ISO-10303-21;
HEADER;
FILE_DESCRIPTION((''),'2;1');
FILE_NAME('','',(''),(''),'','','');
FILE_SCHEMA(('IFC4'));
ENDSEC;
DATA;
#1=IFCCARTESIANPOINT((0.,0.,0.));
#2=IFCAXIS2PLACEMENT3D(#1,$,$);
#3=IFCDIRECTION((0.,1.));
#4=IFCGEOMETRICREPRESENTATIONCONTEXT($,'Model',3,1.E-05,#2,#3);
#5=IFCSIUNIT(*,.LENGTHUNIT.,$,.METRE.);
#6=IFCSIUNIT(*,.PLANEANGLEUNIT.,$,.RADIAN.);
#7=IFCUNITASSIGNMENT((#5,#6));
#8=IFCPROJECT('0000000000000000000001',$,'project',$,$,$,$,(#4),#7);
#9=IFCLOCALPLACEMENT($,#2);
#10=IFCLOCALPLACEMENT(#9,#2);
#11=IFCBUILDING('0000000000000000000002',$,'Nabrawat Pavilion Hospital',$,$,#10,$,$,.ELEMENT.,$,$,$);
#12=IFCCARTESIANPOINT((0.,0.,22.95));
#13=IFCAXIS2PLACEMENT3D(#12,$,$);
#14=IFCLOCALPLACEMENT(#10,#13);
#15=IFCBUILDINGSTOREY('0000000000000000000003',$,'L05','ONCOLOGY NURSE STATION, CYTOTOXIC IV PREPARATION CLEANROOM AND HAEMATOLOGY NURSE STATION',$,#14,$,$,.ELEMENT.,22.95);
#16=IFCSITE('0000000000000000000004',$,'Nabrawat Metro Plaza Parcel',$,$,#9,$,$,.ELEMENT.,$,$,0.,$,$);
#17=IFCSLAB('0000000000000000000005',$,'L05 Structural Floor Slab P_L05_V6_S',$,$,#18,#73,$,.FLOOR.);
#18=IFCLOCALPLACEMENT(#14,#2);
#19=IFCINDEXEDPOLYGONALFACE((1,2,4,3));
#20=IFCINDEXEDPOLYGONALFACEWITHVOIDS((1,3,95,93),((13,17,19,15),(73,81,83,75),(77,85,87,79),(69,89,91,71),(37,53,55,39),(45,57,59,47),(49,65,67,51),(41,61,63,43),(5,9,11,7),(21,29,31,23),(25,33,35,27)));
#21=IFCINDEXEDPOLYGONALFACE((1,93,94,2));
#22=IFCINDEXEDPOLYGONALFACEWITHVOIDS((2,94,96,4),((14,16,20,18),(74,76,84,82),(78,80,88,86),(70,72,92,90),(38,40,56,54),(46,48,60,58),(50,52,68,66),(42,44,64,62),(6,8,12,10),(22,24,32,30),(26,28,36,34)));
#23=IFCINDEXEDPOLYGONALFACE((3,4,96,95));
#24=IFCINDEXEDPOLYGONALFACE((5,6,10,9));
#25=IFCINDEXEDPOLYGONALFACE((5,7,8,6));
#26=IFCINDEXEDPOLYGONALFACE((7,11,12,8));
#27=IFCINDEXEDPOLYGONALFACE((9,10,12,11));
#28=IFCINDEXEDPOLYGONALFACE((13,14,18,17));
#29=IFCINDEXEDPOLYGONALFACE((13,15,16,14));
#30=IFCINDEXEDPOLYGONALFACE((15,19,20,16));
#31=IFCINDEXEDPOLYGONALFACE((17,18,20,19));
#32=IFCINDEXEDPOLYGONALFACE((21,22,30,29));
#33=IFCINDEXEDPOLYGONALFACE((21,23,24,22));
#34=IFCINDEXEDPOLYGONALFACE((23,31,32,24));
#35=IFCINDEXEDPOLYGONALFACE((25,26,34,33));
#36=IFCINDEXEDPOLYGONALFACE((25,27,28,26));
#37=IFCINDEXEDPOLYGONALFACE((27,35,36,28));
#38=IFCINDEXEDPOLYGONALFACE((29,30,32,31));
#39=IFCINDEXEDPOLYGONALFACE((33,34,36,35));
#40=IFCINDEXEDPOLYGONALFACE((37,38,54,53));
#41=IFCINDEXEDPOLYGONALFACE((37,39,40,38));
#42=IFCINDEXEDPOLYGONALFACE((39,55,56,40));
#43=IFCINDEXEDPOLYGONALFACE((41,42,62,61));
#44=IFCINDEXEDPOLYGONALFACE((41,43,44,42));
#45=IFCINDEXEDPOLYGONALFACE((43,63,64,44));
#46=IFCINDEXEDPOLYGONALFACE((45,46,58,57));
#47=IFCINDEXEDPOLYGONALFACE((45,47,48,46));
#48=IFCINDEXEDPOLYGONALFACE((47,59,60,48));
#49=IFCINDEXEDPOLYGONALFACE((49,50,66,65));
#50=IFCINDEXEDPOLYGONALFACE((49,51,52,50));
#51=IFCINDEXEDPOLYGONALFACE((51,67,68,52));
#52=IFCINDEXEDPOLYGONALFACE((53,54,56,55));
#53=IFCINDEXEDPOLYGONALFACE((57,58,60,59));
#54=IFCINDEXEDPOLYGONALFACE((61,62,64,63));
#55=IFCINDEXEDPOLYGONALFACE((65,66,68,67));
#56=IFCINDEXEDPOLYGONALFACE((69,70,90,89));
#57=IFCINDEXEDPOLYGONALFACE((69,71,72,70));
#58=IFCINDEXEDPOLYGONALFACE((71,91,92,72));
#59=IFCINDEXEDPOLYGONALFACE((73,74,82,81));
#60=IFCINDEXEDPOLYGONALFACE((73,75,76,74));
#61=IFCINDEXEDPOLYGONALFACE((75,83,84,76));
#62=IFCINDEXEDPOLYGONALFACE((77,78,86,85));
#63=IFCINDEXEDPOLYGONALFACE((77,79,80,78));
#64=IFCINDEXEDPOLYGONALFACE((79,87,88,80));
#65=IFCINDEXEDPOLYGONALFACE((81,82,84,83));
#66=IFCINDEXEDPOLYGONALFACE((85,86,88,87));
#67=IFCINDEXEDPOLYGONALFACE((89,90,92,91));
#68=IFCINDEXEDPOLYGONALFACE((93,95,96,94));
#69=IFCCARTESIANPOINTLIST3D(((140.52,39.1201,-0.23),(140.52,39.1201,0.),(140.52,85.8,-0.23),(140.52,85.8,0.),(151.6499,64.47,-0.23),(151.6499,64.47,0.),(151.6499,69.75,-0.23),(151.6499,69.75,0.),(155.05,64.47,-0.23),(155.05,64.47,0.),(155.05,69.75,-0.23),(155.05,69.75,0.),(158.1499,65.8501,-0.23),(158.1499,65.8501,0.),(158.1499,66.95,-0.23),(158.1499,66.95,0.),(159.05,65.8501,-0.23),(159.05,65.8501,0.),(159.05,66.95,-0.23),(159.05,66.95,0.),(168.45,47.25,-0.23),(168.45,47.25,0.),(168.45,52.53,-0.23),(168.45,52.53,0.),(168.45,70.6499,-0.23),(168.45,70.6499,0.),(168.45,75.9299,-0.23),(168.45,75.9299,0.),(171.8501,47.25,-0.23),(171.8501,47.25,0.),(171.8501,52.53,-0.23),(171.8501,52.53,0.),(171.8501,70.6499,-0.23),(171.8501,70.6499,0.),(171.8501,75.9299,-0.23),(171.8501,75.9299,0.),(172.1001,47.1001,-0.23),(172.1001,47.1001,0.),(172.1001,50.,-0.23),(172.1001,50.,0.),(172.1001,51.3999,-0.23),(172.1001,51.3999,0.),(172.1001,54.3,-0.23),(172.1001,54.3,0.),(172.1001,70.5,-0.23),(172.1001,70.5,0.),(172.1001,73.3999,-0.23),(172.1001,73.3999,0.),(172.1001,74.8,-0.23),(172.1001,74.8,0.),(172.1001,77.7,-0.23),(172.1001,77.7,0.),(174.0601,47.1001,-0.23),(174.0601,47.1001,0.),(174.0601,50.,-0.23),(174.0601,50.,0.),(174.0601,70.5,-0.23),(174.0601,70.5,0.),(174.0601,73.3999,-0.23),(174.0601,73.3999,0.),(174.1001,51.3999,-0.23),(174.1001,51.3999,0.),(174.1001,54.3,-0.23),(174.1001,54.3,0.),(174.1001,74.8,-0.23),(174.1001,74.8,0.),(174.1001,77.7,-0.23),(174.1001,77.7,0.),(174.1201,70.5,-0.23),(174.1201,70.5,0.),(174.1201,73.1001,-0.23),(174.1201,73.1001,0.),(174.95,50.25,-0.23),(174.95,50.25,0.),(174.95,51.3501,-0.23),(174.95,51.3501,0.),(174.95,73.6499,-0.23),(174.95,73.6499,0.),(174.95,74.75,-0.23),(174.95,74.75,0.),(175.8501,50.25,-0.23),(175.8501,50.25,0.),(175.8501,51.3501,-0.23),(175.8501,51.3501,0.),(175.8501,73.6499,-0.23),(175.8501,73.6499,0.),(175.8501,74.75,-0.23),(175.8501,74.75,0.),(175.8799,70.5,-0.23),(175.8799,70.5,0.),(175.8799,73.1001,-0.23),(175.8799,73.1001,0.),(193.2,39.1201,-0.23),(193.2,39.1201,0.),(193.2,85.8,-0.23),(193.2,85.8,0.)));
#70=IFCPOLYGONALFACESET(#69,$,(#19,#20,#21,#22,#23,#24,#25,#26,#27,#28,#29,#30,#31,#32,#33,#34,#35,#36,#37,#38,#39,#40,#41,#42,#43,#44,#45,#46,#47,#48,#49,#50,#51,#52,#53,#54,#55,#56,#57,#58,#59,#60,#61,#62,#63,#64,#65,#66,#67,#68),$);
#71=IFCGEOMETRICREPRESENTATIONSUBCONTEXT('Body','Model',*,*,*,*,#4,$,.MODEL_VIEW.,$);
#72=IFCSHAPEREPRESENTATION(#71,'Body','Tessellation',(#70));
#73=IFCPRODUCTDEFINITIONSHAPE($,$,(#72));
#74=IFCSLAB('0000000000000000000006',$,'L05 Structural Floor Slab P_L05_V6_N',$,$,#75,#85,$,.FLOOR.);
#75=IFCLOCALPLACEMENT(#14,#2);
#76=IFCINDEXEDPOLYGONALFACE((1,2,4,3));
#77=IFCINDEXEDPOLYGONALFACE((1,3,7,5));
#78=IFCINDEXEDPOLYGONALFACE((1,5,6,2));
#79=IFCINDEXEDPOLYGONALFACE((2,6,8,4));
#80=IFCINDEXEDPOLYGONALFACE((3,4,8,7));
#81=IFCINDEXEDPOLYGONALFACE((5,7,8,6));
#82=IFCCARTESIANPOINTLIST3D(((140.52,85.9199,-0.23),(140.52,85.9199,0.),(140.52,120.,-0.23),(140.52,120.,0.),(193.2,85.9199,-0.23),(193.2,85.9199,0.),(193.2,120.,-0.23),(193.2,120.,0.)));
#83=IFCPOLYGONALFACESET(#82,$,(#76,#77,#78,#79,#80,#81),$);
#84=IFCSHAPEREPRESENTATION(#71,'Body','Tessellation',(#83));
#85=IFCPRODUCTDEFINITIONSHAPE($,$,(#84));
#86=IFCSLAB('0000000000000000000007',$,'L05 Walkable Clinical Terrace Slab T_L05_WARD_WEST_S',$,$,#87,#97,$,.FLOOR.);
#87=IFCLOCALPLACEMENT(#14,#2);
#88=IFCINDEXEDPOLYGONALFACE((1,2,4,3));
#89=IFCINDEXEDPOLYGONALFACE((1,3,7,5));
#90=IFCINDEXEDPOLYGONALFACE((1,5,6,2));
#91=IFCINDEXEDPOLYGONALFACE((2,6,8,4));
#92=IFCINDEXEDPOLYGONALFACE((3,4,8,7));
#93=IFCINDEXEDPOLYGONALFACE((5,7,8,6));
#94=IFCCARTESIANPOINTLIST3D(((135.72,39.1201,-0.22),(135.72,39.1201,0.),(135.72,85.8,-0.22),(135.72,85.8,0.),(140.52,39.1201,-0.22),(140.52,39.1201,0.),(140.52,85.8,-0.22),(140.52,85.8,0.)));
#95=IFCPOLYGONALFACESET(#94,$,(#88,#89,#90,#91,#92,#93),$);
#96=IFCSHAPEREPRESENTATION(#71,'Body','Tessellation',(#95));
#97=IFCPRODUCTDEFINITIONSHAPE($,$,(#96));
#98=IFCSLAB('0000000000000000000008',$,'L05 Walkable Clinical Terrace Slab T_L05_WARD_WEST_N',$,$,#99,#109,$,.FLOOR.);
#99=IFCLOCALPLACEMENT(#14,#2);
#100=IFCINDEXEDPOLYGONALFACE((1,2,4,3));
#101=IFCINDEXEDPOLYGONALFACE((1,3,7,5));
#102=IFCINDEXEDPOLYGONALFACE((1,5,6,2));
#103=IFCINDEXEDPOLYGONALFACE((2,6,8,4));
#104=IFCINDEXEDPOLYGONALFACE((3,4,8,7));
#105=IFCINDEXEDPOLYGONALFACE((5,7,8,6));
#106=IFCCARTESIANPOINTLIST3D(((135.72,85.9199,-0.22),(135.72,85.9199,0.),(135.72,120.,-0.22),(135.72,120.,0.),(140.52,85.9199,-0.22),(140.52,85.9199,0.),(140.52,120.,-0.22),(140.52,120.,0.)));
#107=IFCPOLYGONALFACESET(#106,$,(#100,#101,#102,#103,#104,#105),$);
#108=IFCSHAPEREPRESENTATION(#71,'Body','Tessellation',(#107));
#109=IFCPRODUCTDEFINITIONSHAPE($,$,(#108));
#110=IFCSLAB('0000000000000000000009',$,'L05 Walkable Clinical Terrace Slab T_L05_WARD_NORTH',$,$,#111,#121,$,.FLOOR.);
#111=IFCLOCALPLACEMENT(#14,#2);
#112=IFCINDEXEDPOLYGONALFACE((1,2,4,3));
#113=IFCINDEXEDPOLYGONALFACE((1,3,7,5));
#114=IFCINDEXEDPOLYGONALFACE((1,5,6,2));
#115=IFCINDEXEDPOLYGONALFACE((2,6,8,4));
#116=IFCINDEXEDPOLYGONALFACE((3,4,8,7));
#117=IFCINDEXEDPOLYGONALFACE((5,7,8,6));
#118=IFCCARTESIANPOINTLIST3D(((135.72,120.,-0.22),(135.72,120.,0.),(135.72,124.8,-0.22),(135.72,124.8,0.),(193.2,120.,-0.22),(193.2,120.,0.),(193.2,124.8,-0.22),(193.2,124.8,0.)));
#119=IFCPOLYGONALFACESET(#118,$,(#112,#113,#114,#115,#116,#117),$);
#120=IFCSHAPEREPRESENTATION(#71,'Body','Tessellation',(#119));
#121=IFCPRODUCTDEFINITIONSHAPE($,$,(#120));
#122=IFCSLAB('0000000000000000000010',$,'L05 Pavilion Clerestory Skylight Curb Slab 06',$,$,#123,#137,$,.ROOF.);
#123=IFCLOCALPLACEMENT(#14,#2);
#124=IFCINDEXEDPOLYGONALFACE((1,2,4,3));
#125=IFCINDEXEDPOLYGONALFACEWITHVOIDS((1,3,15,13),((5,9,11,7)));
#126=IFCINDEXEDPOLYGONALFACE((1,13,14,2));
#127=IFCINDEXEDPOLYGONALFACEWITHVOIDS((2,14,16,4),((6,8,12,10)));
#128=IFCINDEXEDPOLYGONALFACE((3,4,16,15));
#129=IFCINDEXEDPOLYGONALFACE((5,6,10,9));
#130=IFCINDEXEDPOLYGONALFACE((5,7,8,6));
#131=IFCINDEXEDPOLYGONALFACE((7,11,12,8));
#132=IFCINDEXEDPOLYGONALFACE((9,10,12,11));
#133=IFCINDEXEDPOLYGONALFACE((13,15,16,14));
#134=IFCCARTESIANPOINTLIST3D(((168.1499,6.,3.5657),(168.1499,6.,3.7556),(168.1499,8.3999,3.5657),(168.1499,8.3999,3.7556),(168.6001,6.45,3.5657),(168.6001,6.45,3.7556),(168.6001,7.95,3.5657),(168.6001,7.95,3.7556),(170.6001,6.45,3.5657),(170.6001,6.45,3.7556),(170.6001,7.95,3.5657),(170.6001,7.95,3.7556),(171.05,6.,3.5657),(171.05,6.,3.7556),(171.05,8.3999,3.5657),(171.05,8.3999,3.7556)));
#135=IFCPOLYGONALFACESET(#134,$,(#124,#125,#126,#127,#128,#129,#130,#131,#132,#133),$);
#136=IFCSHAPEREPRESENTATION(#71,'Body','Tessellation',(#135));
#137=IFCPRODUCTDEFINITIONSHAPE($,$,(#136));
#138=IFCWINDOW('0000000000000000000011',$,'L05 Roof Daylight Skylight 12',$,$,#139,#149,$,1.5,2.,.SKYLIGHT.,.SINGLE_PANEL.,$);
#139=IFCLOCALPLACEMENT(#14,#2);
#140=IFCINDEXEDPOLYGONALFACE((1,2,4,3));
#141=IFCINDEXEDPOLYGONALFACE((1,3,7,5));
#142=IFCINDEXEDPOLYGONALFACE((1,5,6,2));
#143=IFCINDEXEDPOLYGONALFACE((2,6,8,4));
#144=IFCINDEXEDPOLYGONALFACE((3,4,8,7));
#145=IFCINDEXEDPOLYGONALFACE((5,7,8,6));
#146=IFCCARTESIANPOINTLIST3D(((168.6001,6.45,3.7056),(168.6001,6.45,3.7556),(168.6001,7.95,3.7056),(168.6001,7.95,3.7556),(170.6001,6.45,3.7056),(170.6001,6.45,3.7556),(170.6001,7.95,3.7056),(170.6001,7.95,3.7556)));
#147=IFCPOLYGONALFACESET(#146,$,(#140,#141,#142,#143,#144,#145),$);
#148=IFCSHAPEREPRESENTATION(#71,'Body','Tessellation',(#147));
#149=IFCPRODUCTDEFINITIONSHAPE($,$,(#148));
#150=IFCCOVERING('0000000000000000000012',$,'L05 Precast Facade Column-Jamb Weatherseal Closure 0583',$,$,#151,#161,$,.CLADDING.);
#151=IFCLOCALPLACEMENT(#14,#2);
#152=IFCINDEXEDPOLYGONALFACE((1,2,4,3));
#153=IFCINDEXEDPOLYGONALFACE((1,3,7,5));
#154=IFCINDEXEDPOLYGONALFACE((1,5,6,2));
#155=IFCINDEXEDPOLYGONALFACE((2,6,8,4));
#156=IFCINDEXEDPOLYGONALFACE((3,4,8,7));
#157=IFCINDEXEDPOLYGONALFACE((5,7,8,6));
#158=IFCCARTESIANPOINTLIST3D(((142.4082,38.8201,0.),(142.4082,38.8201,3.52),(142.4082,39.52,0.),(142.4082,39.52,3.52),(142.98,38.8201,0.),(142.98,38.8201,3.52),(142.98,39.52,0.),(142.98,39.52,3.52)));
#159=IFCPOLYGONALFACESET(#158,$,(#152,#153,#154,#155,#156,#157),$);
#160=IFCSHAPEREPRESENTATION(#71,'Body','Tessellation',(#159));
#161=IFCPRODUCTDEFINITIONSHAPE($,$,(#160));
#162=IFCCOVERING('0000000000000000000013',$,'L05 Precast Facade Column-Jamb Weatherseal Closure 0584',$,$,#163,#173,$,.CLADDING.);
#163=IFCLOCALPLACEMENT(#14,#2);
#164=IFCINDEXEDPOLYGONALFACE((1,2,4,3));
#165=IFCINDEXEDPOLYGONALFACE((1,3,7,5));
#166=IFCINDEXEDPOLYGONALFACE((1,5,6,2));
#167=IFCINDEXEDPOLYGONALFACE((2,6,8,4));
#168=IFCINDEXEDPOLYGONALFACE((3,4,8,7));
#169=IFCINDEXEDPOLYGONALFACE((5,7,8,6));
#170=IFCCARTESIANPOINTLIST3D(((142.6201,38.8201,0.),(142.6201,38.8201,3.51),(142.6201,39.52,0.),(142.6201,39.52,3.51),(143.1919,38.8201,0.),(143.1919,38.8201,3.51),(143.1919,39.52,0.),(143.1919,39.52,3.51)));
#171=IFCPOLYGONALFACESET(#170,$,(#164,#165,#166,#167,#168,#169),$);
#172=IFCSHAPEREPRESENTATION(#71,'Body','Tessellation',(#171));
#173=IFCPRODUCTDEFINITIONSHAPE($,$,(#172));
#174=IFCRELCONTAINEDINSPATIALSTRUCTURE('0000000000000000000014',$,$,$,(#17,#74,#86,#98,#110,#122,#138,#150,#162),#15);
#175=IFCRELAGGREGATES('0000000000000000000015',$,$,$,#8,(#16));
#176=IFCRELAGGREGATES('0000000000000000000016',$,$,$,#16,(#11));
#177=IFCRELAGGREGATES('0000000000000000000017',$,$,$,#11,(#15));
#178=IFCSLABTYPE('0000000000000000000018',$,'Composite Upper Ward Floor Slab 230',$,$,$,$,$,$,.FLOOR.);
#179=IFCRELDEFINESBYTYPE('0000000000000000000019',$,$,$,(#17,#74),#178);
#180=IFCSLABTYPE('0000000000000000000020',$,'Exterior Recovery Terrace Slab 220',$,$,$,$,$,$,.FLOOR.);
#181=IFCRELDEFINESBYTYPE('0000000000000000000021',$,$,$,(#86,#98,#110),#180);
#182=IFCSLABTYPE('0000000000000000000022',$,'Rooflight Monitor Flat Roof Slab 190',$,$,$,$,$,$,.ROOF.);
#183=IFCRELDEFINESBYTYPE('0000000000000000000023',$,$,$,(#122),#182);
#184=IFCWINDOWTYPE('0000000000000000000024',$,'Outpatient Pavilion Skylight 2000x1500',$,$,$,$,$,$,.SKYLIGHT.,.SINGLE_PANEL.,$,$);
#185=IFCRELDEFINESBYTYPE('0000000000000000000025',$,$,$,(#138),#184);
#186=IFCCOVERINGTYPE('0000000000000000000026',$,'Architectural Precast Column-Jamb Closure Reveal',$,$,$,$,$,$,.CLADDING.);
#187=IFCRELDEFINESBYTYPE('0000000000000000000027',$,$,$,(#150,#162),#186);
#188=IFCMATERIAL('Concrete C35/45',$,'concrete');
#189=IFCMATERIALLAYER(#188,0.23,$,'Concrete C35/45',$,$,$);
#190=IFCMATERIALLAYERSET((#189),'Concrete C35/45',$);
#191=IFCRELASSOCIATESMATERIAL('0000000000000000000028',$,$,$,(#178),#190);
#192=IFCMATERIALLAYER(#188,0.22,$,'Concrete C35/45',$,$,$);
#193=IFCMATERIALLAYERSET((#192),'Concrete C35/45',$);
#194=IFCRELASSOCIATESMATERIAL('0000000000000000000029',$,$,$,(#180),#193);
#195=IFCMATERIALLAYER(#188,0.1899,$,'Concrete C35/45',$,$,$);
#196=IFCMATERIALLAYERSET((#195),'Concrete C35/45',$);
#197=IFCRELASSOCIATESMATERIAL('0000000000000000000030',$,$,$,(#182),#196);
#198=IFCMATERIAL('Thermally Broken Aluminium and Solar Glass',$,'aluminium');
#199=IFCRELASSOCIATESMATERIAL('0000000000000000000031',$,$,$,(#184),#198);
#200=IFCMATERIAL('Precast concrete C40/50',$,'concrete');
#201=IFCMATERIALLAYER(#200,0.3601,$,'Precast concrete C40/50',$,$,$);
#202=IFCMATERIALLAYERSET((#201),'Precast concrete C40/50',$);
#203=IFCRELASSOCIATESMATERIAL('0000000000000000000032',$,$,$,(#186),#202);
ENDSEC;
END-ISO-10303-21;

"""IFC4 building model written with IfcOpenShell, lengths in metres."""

from ifc_helpers import new_model, si_unit, direction, frame, origin, origin_2d, place, context, subcontext, project, spatial, polyline, rectangle, outline, extrude, material, layer, layer_set, type_object, element, fill, save


model = new_model("IFC4")

# Units and contexts
model_context = context("Model", 3, precision=1e-05, world=origin(), true_north=direction((0.0, 1.0)))
body_context = subcontext(model_context, "Body", "Model", "MODEL_VIEW")
ifc_project = project(units=[si_unit("LENGTHUNIT", "METRE"), si_unit("PLANEANGLEUNIT", "RADIAN")], contexts=[model_context])

# Site, building, storey
site_placement = place(None, origin())
site = spatial("IfcSite", under=ifc_project, at=site_placement, Name="Nabrawat Metro Plaza Parcel", CompositionType="ELEMENT", RefElevation=0.0)
building_placement = place(site_placement, origin())
building = spatial("IfcBuilding", under=site, at=building_placement, Name="Nabrawat Pavilion Hospital", CompositionType="ELEMENT")
storey_placement = place(building_placement, frame((0.0, 0.0, 22.95)))
storey = spatial("IfcBuildingStorey", under=building, at=storey_placement, Name="L05", Description="ONCOLOGY NURSE STATION, CYTOTOXIC IV PREPARATION CLEANROOM AND HAEMATOLOGY NURSE STATION", CompositionType="ELEMENT", Elevation=22.95)

# Slabs
ifc_material_1 = material(Name="Concrete C35/45", Category="concrete")
ifc_layer_1 = layer(ifc_material_1, 0.23, Name="Concrete C35/45")
ifc_layer_set_1 = layer_set([ifc_layer_1], Name="Concrete C35/45")
slab_type_1 = type_object("IfcSlabType", Name="Composite Upper Ward Floor Slab 230", PredefinedType="FLOOR", material=ifc_layer_set_1)
slab_1_placement = place(storey_placement, frame((0.0, 0.0, -0.23)))
element("IfcSlab", 1, at=slab_1_placement, inside=storey, type_object=slab_type_1, Name="L05 Structural Floor Slab P_L05_V6_S", PredefinedType="FLOOR", context=body_context, shape_type="SweptSolid", body=[
    extrude(outline(polyline([(140.52, 39.1201), (193.2, 39.1201), (193.2, 85.8), (140.52, 85.8), (140.52, 39.1201)]), holes=[polyline([(175.8799, 73.1001), (175.8799, 70.5), (174.1201, 70.5), (174.1201, 73.1001), (175.8799, 73.1001)]), polyline([(174.95, 50.25), (174.95, 51.3501), (175.8501, 51.3501), (175.8501, 50.25), (174.95, 50.25)]), polyline([(174.95, 73.6499), (174.95, 74.75), (175.8501, 74.75), (175.8501, 73.6499), (174.95, 73.6499)]), polyline([(172.1001, 51.3999), (172.1001, 54.3), (174.1001, 54.3), (174.1001, 51.3999), (172.1001, 51.3999)]), polyline([(172.1001, 74.8), (172.1001, 77.7), (174.1001, 77.7), (174.1001, 74.8), (172.1001, 74.8)]), polyline([(174.0601, 50.0), (174.0601, 47.1001), (172.1001, 47.1001), (172.1001, 50.0), (174.0601, 50.0)]), polyline([(172.1001, 70.5), (172.1001, 73.3999), (174.0601, 73.3999), (174.0601, 70.5), (172.1001, 70.5)]), polyline([(171.8501, 47.25), (168.45, 47.25), (168.45, 52.53), (171.8501, 52.53), (171.8501, 47.25)]), polyline([(171.8501, 70.6499), (168.45, 70.6499), (168.45, 75.9299), (171.8501, 75.9299), (171.8501, 70.6499)]), polyline([(159.05, 66.95), (159.05, 65.8501), (158.1499, 65.8501), (158.1499, 66.95), (159.05, 66.95)]), polyline([(155.05, 64.47), (151.6499, 64.47), (151.6499, 69.75), (155.05, 69.75), (155.05, 64.47)])]), origin(), (0.0, 0.0, 1.0), 0.23),
])
slab_2_placement = place(storey_placement, frame((0.0, 0.0, -0.23)))
element("IfcSlab", 2, at=slab_2_placement, inside=storey, type_object=slab_type_1, Name="L05 Structural Floor Slab P_L05_V6_N", PredefinedType="FLOOR", context=body_context, shape_type="SweptSolid", body=[
    extrude(outline(polyline([(193.2, 85.9199), (193.2, 120.0), (140.52, 120.0), (140.52, 85.9199), (193.2, 85.9199)])), origin(), (0.0, 0.0, 1.0), 0.23),
])
ifc_layer_2 = layer(ifc_material_1, 0.22, Name="Concrete C35/45")
ifc_layer_set_2 = layer_set([ifc_layer_2], Name="Concrete C35/45")
slab_type_2 = type_object("IfcSlabType", Name="Exterior Recovery Terrace Slab 220", PredefinedType="FLOOR", material=ifc_layer_set_2)
slab_3_placement = place(storey_placement, frame((0.0, 0.0, -0.22)))
element("IfcSlab", 3, at=slab_3_placement, inside=storey, type_object=slab_type_2, Name="L05 Walkable Clinical Terrace Slab T_L05_WARD_WEST_S", PredefinedType="FLOOR", context=body_context, shape_type="SweptSolid", body=[
    extrude(outline(polyline([(140.52, 39.1201), (140.52, 85.8), (135.72, 85.8), (135.72, 39.1201), (140.52, 39.1201)])), origin(), (0.0, 0.0, 1.0), 0.22),
])
slab_4_placement = place(storey_placement, frame((0.0, 0.0, -0.22)))
element("IfcSlab", 4, at=slab_4_placement, inside=storey, type_object=slab_type_2, Name="L05 Walkable Clinical Terrace Slab T_L05_WARD_WEST_N", PredefinedType="FLOOR", context=body_context, shape_type="SweptSolid", body=[
    extrude(outline(polyline([(140.52, 85.9199), (140.52, 120.0), (135.72, 120.0), (135.72, 85.9199), (140.52, 85.9199)])), origin(), (0.0, 0.0, 1.0), 0.22),
])
slab_5_placement = place(storey_placement, frame((0.0, 0.0, -0.22)))
element("IfcSlab", 5, at=slab_5_placement, inside=storey, type_object=slab_type_2, Name="L05 Walkable Clinical Terrace Slab T_L05_WARD_NORTH", PredefinedType="FLOOR", context=body_context, shape_type="SweptSolid", body=[
    extrude(outline(polyline([(193.2, 120.0), (193.2, 124.8), (135.72, 124.8), (135.72, 120.0), (193.2, 120.0)])), origin(), (0.0, 0.0, 1.0), 0.22),
])

# Slab, opening, window
ifc_layer_3 = layer(ifc_material_1, 0.1899, Name="Concrete C35/45")
ifc_layer_set_3 = layer_set([ifc_layer_3], Name="Concrete C35/45")
slab_type_3 = type_object("IfcSlabType", Name="Rooflight Monitor Flat Roof Slab 190", PredefinedType="ROOF", material=ifc_layer_set_3)
slab_6_placement = place(storey_placement, frame((0.0, 0.0, 3.5657)))
slab_6 = element("IfcSlab", 6, at=slab_6_placement, inside=storey, type_object=slab_type_3, Name="L05 Pavilion Clerestory Skylight Curb Slab 06", PredefinedType="ROOF", context=body_context, shape_type="SweptSolid", body=[
    extrude(outline(polyline([(168.1499, 6.0), (171.05, 6.0), (171.05, 8.3999), (168.1499, 8.3999), (168.1499, 6.0)]), holes=[polyline([(168.6001, 6.45), (168.6001, 7.95), (170.6001, 7.95), (170.6001, 6.45), (168.6001, 6.45)])]), origin(), (0.0, 0.0, 1.0), 0.1899),
])
opening_placement = place(slab_6_placement, frame((169.6001, 7.2, -0.01)))
opening = element("IfcOpeningElement", 7, at=opening_placement, cuts=slab_6, PredefinedType="OPENING", context=body_context, shape_type="SweptSolid", body=[
    extrude(rectangle(XDim=2.0, YDim=1.5, at=origin_2d()), origin(), (0.0, 0.0, 1.0), 0.21),
])
ifc_material_2 = material(Name="Thermally Broken Aluminium and Solar Glass", Category="aluminium")
window_type = type_object("IfcWindowType", Name="Outpatient Pavilion Skylight 2000x1500", PartitioningType="SINGLE_PANEL", PredefinedType="SKYLIGHT", material=ifc_material_2)
window_placement = place(opening_placement, frame((0.0, 0.0, 0.1499)))
window = element("IfcWindow", 8, at=window_placement, inside=storey, type_object=window_type, Name="L05 Roof Daylight Skylight 12", OverallHeight=1.5, OverallWidth=2.0, PartitioningType="SINGLE_PANEL", PredefinedType="SKYLIGHT", context=body_context, shape_type="SweptSolid", body=[
    extrude(rectangle(XDim=2.0, YDim=1.5, at=origin_2d()), origin(), (0.0, 0.0, 1.0), 0.05),
])
fill(opening, window)

# Coverings
ifc_material_3 = material(Name="Precast concrete C40/50", Category="concrete")
ifc_layer_4 = layer(ifc_material_3, 0.3601, Name="Precast concrete C40/50")
ifc_layer_set_4 = layer_set([ifc_layer_4], Name="Precast concrete C40/50")
covering_type = type_object("IfcCoveringType", Name="Architectural Precast Column-Jamb Closure Reveal", PredefinedType="CLADDING", material=ifc_layer_set_4)
covering_1_placement = place(storey_placement, origin())
element("IfcCovering", 9, at=covering_1_placement, inside=storey, type_object=covering_type, Name="L05 Precast Facade Column-Jamb Weatherseal Closure 0583", PredefinedType="CLADDING", context=body_context, shape_type="SweptSolid", body=[
    extrude(outline(polyline([(142.98, 38.8201), (142.98, 39.52), (142.4082, 39.52), (142.4082, 38.8201), (142.98, 38.8201)])), origin(), (0.0, 0.0, 1.0), 3.52),
])
covering_2_placement = place(storey_placement, origin())
element("IfcCovering", 10, at=covering_2_placement, inside=storey, type_object=covering_type, Name="L05 Precast Facade Column-Jamb Weatherseal Closure 0584", PredefinedType="CLADDING", context=body_context, shape_type="SweptSolid", body=[
    extrude(outline(polyline([(143.1919, 38.8201), (143.1919, 39.52), (142.6201, 39.52), (142.6201, 38.8201), (143.1919, 38.8201)])), origin(), (0.0, 0.0, 1.0), 3.51),
])

save(model, "model.ifc")
